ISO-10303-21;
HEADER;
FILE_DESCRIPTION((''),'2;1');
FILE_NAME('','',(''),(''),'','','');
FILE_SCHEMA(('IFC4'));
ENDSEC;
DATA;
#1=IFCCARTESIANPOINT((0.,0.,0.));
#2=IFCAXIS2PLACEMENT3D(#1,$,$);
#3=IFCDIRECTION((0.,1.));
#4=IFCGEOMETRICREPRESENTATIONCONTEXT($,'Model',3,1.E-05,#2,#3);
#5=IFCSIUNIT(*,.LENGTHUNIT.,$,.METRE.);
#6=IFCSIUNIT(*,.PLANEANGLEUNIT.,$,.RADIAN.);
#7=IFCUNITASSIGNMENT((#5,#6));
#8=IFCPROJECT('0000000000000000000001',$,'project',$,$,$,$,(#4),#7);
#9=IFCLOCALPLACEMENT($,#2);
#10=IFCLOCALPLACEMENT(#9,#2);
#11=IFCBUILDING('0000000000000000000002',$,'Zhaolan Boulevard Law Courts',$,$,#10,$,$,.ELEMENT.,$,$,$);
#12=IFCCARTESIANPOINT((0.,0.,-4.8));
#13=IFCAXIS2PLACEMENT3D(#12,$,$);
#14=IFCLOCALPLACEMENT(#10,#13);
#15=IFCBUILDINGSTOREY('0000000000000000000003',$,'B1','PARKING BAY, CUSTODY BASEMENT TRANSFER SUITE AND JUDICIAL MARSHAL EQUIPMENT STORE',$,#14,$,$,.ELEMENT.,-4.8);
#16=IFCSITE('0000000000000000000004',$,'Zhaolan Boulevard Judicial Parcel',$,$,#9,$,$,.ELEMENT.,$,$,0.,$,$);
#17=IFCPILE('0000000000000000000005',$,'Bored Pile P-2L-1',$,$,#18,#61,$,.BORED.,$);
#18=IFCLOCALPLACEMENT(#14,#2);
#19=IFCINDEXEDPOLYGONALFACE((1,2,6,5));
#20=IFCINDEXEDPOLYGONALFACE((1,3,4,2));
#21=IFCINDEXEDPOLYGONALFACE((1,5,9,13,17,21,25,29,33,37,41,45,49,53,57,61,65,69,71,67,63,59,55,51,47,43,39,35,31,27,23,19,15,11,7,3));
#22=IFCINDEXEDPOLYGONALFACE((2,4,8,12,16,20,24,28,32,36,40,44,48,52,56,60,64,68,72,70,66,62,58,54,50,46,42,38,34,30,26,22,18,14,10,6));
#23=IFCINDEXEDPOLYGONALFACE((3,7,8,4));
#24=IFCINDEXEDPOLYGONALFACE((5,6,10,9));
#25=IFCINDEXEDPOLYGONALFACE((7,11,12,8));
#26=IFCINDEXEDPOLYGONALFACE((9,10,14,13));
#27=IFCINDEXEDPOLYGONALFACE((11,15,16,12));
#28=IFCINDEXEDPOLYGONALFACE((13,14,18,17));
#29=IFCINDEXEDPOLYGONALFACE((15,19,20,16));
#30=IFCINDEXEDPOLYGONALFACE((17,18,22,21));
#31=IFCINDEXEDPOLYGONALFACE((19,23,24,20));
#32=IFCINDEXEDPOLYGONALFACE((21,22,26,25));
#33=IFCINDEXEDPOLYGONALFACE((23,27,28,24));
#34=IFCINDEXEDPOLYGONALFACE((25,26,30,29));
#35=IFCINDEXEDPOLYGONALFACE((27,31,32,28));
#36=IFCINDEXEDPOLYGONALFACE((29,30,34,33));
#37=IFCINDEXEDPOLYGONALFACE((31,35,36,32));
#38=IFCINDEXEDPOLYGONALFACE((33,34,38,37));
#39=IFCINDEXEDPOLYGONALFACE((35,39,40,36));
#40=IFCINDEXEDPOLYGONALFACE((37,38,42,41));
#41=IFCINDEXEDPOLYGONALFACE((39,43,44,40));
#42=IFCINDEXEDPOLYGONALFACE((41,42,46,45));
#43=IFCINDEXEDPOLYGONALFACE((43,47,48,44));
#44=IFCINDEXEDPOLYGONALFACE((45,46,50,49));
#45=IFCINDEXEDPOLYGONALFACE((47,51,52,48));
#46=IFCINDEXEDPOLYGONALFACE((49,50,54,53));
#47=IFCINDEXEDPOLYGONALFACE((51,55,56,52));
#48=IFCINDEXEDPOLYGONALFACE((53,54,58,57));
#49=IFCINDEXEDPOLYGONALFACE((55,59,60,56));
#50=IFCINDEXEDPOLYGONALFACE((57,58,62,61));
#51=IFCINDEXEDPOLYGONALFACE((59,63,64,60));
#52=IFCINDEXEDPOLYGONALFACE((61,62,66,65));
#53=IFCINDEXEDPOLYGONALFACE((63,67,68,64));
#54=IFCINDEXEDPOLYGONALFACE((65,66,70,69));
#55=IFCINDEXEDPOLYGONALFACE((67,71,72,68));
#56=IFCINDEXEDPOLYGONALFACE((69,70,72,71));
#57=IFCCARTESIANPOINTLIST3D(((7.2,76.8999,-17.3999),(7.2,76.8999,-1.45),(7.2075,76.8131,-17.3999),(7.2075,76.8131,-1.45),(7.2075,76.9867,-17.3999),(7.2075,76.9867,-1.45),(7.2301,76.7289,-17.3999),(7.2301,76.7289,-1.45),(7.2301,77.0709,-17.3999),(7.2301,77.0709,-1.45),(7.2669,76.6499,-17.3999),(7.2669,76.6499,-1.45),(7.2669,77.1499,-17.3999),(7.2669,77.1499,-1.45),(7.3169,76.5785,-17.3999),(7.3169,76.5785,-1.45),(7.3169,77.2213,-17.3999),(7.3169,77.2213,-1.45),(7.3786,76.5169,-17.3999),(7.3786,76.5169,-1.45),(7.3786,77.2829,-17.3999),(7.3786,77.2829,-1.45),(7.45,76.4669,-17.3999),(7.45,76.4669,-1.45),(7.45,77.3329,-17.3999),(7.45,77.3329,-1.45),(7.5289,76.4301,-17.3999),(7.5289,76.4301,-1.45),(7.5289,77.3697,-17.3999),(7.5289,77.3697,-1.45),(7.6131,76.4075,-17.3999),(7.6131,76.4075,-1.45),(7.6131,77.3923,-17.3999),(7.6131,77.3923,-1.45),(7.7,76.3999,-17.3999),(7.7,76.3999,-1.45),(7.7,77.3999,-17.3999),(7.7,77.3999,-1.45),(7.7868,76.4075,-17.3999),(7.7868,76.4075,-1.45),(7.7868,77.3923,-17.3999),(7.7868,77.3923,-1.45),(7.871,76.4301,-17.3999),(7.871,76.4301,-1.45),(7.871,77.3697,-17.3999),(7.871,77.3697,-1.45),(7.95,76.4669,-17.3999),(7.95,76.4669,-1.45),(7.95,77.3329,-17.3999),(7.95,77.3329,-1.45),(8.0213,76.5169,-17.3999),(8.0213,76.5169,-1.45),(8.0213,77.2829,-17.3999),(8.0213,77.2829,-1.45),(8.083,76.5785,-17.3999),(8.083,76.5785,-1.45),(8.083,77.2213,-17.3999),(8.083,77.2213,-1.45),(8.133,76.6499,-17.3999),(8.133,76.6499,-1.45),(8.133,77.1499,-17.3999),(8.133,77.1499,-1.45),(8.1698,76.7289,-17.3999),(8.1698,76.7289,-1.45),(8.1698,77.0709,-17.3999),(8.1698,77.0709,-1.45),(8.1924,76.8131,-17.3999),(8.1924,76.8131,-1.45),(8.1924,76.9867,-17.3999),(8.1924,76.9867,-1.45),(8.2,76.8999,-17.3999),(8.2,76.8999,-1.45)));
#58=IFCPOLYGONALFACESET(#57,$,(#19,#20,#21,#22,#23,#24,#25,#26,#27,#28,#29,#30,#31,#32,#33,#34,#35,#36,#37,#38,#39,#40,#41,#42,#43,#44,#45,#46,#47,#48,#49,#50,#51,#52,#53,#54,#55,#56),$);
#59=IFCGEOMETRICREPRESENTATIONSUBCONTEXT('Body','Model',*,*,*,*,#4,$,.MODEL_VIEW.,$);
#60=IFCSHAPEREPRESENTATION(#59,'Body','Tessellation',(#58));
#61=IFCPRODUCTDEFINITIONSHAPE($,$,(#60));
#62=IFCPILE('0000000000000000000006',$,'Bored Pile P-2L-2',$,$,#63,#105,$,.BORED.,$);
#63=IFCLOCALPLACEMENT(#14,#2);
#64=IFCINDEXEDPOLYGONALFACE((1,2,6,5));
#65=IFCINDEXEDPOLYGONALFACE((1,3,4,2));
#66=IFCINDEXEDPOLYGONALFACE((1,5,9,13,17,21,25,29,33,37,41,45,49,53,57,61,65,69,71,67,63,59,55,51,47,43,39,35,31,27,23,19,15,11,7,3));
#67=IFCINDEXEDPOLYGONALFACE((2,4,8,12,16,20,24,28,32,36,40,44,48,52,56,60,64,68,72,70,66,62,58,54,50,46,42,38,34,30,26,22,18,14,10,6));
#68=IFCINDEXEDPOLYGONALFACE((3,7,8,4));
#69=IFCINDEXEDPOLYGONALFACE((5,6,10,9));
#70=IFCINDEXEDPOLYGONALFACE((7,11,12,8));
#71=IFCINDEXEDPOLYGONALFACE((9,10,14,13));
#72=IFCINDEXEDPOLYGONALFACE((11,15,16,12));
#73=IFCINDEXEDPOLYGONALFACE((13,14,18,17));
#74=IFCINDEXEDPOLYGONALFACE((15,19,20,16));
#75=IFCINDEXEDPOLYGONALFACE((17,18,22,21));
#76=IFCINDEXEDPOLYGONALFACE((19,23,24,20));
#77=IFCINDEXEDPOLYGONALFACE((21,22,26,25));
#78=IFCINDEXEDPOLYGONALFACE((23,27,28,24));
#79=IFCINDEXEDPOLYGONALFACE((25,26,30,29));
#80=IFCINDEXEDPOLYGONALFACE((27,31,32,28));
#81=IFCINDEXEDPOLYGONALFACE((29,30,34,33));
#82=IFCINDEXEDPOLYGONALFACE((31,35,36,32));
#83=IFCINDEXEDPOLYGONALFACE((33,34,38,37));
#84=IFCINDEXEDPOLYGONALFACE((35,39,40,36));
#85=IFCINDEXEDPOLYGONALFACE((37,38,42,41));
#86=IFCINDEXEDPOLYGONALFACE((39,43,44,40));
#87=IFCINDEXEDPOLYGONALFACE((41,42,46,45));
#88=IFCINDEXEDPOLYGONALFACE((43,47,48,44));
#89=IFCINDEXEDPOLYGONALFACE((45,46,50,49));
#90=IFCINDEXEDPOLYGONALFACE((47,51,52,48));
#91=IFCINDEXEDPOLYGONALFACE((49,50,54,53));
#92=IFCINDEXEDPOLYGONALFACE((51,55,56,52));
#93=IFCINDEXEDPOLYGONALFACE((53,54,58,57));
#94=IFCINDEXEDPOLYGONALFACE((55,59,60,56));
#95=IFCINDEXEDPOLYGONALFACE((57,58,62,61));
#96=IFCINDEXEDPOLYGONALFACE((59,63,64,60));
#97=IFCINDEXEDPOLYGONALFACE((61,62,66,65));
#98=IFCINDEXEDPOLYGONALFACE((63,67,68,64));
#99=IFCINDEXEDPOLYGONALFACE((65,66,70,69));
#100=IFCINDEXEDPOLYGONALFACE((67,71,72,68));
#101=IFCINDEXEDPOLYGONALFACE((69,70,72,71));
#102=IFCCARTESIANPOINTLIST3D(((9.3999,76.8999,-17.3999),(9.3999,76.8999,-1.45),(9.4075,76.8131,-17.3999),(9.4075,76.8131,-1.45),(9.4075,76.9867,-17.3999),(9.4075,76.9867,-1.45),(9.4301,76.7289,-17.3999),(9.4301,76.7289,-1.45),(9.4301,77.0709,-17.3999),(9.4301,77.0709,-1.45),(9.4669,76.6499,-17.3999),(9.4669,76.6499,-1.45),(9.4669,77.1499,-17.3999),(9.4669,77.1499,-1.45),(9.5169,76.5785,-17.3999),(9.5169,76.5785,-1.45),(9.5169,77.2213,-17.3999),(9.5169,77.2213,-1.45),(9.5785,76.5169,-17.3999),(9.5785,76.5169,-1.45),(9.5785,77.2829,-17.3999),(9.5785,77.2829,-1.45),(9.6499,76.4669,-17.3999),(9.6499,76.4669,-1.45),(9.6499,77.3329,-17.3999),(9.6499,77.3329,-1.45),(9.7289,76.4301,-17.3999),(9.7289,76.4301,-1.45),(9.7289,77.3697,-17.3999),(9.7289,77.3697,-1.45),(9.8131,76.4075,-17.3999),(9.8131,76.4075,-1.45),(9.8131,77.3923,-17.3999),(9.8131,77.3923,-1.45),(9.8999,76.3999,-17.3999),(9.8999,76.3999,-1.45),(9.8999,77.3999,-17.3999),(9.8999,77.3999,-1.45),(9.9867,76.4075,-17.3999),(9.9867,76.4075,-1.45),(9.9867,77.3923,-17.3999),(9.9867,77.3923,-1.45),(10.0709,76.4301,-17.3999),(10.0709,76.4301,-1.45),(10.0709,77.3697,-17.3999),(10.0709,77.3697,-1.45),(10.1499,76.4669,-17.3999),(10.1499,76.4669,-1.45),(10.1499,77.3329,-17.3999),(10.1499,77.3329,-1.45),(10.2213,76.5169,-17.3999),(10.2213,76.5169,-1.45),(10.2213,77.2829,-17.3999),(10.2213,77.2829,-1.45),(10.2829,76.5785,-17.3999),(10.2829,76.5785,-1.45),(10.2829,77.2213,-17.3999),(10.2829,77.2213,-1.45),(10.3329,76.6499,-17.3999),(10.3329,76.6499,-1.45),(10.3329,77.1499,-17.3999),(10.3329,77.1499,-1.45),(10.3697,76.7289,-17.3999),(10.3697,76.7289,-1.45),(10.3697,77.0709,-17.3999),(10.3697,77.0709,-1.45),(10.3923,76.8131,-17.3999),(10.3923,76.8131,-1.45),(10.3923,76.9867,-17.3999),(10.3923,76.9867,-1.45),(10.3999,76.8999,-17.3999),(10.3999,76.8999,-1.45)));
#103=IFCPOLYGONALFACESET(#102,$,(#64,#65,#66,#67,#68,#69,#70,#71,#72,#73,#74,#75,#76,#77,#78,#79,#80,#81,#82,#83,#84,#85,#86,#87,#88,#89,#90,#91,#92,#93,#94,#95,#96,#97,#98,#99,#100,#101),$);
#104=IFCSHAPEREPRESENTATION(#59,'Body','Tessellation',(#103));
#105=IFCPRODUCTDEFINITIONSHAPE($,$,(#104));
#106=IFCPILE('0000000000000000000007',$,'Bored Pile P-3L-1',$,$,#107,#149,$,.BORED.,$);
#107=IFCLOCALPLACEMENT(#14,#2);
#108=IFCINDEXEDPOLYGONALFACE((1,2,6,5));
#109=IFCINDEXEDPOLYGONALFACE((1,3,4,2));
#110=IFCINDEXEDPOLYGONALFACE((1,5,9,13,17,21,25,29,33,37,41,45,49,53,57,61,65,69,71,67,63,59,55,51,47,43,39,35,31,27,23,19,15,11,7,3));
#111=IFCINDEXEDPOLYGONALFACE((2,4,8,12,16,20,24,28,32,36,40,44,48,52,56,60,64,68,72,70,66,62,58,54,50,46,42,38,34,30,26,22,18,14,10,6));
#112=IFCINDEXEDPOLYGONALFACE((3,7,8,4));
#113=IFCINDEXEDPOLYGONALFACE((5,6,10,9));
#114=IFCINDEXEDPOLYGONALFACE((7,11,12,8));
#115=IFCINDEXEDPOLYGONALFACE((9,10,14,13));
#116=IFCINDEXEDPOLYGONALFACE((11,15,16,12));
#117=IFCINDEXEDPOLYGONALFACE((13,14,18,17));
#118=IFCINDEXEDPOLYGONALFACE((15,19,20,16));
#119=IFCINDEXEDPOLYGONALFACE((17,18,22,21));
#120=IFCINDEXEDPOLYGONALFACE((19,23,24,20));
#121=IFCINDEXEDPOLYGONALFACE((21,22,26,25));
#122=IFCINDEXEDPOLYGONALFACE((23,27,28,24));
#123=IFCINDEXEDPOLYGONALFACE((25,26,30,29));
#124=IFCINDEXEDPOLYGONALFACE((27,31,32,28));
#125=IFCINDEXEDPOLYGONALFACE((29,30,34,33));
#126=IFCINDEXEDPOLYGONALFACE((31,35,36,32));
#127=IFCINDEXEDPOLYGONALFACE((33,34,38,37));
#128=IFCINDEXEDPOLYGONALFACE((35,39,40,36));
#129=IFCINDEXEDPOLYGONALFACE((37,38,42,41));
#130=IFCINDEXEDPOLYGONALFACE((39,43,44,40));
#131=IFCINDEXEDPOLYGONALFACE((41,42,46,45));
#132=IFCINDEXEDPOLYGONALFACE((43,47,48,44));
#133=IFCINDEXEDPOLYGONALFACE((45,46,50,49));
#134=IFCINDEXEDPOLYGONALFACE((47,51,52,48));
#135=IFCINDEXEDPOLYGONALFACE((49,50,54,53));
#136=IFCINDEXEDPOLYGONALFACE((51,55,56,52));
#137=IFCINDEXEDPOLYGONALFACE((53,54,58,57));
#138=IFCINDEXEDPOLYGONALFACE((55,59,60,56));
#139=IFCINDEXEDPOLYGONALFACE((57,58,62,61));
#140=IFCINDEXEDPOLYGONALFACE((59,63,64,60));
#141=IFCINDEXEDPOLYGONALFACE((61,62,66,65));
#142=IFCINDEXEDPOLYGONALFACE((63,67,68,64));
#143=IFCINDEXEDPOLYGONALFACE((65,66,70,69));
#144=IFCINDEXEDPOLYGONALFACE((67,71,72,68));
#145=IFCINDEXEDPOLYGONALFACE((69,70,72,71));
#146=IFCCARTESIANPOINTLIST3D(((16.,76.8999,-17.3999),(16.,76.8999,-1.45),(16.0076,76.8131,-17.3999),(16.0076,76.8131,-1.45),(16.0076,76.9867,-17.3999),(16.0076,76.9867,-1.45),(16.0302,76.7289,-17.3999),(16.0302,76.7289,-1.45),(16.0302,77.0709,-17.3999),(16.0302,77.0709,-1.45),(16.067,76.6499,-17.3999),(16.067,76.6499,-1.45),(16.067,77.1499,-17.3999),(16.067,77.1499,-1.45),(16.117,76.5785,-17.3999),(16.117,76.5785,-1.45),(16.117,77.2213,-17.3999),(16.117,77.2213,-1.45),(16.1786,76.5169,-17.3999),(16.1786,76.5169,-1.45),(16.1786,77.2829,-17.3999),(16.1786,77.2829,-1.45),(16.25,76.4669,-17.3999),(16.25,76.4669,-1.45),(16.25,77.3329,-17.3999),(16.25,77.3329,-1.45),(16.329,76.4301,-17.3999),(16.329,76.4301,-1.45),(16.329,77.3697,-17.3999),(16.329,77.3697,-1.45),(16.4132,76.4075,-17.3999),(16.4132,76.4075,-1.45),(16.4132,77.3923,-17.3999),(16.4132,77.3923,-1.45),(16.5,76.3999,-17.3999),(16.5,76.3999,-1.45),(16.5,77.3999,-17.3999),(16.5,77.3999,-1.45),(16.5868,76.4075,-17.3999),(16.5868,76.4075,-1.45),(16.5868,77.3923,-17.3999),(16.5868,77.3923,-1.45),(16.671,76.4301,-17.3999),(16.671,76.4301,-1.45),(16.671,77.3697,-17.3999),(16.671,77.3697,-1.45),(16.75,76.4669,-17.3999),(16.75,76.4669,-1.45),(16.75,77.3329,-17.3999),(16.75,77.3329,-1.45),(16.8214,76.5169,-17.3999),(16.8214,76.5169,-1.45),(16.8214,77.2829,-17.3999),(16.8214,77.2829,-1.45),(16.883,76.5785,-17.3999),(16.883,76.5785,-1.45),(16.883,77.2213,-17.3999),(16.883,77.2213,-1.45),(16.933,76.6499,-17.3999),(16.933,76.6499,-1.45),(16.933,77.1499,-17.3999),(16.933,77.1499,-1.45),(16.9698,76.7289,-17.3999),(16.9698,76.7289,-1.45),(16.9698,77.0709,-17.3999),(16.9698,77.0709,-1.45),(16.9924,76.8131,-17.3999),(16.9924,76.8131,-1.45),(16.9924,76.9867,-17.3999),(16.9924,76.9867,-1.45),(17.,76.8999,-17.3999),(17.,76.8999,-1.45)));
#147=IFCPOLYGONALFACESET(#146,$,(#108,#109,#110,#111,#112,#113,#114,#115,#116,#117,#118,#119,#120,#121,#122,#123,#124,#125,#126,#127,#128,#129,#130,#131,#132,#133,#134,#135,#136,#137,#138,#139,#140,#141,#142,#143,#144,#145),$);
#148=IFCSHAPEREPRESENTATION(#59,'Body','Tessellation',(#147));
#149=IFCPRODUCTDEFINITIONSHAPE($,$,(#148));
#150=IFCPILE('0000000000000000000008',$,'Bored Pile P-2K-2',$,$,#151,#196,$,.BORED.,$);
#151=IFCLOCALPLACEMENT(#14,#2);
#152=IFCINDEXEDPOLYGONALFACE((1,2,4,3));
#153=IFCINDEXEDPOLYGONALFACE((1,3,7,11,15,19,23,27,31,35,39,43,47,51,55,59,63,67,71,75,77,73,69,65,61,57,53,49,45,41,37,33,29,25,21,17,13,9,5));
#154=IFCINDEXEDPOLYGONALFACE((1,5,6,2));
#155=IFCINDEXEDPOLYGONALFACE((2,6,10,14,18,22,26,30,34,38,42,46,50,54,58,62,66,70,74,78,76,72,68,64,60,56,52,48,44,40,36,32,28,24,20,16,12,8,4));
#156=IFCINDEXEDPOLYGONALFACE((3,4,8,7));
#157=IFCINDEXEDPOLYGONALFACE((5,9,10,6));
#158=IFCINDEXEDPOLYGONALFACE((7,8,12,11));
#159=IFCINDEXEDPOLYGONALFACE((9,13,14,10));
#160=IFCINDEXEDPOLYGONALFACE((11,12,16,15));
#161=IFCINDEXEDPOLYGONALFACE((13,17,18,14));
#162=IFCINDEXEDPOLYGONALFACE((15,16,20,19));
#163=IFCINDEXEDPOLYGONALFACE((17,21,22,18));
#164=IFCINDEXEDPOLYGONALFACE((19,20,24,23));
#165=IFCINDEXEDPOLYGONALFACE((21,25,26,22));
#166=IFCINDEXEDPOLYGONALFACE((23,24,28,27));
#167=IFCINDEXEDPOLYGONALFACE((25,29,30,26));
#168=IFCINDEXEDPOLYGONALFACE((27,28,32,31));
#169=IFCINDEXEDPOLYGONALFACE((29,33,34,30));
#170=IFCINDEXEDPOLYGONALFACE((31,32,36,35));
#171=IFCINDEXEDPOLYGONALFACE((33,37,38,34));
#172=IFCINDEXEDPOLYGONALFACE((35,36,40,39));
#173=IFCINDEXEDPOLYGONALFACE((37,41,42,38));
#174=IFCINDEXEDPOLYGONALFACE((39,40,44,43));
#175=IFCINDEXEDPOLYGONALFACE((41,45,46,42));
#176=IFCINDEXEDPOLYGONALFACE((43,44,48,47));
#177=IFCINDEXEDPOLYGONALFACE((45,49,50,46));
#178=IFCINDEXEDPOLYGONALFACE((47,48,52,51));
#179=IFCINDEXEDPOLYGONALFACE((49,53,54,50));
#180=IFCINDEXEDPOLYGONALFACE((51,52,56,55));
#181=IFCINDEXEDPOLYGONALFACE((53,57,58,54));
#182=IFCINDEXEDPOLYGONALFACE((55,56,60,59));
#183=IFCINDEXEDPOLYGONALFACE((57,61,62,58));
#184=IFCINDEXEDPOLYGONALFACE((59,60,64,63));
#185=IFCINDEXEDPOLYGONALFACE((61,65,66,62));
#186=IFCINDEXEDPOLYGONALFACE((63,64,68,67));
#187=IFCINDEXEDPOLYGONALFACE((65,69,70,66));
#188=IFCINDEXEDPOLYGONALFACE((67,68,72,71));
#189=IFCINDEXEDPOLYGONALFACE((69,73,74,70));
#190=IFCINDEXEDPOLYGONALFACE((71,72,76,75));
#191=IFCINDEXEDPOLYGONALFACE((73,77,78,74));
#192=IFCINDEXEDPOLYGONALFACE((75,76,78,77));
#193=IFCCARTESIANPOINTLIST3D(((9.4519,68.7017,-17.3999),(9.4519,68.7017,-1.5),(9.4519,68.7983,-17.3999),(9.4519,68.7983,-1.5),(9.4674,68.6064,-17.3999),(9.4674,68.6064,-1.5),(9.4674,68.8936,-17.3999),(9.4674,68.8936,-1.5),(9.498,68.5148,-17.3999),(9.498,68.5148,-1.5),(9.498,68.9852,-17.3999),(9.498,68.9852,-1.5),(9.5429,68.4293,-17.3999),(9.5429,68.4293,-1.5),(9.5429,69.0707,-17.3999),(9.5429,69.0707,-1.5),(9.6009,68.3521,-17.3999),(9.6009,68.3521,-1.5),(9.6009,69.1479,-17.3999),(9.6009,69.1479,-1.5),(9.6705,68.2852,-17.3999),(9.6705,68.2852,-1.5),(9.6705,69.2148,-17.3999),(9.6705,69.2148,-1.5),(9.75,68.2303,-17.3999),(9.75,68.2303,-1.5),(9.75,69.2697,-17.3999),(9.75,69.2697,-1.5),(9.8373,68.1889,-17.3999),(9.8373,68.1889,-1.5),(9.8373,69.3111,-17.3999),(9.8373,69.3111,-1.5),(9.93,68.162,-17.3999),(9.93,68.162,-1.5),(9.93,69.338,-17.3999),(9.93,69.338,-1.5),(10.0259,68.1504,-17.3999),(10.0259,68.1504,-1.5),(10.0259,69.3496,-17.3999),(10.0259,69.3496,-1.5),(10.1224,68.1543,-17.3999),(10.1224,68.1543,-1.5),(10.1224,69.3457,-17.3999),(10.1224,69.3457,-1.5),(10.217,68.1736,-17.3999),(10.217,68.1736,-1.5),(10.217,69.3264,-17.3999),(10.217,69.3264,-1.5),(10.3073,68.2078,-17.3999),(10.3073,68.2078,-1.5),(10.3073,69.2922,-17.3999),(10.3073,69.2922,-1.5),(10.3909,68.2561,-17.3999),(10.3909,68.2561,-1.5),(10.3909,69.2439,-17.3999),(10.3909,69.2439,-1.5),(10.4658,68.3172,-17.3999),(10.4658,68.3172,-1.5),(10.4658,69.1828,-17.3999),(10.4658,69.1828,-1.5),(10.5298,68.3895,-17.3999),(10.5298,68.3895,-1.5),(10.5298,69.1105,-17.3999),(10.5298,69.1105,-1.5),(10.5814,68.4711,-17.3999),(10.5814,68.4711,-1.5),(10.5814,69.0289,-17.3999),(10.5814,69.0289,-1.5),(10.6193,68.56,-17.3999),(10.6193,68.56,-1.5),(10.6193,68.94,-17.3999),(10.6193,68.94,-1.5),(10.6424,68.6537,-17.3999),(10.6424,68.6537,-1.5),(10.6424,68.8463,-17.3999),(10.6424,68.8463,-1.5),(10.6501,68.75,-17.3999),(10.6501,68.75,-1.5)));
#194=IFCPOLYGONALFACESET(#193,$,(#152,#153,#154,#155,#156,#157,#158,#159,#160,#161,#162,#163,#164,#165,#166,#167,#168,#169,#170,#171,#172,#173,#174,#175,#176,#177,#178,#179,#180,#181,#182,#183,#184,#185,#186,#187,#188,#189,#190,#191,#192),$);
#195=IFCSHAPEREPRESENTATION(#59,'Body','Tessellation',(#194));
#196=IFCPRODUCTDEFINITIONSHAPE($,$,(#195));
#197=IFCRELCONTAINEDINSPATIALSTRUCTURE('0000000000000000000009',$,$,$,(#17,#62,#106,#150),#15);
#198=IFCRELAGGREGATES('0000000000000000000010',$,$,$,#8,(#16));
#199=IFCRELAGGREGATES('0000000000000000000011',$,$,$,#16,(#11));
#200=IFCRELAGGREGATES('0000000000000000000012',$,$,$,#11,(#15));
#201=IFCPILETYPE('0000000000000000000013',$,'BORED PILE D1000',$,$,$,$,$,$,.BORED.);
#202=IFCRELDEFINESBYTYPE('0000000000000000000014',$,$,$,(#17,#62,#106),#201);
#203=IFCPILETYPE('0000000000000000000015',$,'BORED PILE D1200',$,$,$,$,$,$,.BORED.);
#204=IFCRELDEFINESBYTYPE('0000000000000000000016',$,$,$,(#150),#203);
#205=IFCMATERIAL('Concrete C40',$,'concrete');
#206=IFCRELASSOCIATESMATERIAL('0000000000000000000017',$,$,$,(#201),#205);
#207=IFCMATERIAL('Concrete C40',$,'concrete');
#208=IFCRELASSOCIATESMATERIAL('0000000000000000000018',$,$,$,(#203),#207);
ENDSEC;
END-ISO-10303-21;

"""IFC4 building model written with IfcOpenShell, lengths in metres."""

from ifc_helpers import new_model, si_unit, direction, frame, origin, origin_2d, place, context, subcontext, project, spatial, circle, extrude, material, material_profile, profile_set, type_object, element, save


model = new_model("IFC4")

# Units and contexts
model_context = context("Model", 3, precision=1e-05, world=origin(), true_north=direction((0.0, 1.0)))
body_context = subcontext(model_context, "Body", "Model", "MODEL_VIEW")
ifc_project = project(units=[si_unit("LENGTHUNIT", "METRE"), si_unit("PLANEANGLEUNIT", "RADIAN")], contexts=[model_context])

# Site, building, storey
site_placement = place(None, origin())
site = spatial("IfcSite", under=ifc_project, at=site_placement, Name="Zhaolan Boulevard Judicial Parcel", CompositionType="ELEMENT", RefElevation=0.0)
building_placement = place(site_placement, origin())
building = spatial("IfcBuilding", under=site, at=building_placement, Name="Zhaolan Boulevard Law Courts", CompositionType="ELEMENT")
storey_placement = place(building_placement, frame((0.0, 0.0, -4.8)))
storey = spatial("IfcBuildingStorey", under=building, at=storey_placement, Name="B1", Description="PARKING BAY, CUSTODY BASEMENT TRANSFER SUITE AND JUDICIAL MARSHAL EQUIPMENT STORE", CompositionType="ELEMENT", Elevation=-4.8)

# Piles
ifc_material_1 = material(Name="Concrete C40", Category="concrete")
ifc_material_profile_1 = material_profile(ifc_material_1, circle(Radius=0.5, at=origin_2d()), Name="PILE-D1000")
ifc_profile_set_1 = profile_set([ifc_material_profile_1], Name="Concrete C40")
pile_type_1 = type_object("IfcPileType", Name="BORED PILE D1000", PredefinedType="BORED", material=ifc_profile_set_1)
for number, where, z_axis, x_axis, name in (
    (1, (7.7, 76.8999, -1.45), (0.0, 0.0, -1.0), (1.0, 0.0, 0.0), "Bored Pile P-2L-1"),
    (2, (9.8999, 76.8999, -1.45), (0.0, 0.0, -1.0), (1.0, 0.0, 0.0), "Bored Pile P-2L-2"),
    (3, (16.5, 76.8999, -1.45), (0.0, 0.0, -1.0), (1.0, 0.0, 0.0), "Bored Pile P-3L-1"),
):
    element("IfcPile", number, at=place(storey_placement, frame(where, z_axis=z_axis, x_axis=x_axis)), inside=storey, type_object=pile_type_1, Name=name, PredefinedType="BORED", context=body_context, shape_type="SweptSolid", body=[
        extrude(circle(Radius=0.5, at=origin_2d()), origin(), (0.0, 0.0, 1.0), 15.95),
    ])
ifc_material_2 = material(Name="Concrete C40", Category="concrete")
ifc_material_profile_2 = material_profile(ifc_material_2, circle(Radius=0.6001, at=origin_2d()), Name="PILE-D1200")
ifc_profile_set_2 = profile_set([ifc_material_profile_2], Name="Concrete C40")
pile_type_2 = type_object("IfcPileType", Name="BORED PILE D1200", PredefinedType="BORED", material=ifc_profile_set_2)
for number, where, z_axis, x_axis, name in (
    (4, (10.05, 68.75, -1.5), (0.0, 0.0, -1.0), (1.0, 0.0, 0.0), "Bored Pile P-2K-2"),
):
    element("IfcPile", number, at=place(storey_placement, frame(where, z_axis=z_axis, x_axis=x_axis)), inside=storey, type_object=pile_type_2, Name=name, PredefinedType="BORED", context=body_context, shape_type="SweptSolid", body=[
        extrude(circle(Radius=0.6001, at=origin_2d()), origin(), (0.0, 0.0, 1.0), 15.8999),
    ])

save(model, "model.ifc")
